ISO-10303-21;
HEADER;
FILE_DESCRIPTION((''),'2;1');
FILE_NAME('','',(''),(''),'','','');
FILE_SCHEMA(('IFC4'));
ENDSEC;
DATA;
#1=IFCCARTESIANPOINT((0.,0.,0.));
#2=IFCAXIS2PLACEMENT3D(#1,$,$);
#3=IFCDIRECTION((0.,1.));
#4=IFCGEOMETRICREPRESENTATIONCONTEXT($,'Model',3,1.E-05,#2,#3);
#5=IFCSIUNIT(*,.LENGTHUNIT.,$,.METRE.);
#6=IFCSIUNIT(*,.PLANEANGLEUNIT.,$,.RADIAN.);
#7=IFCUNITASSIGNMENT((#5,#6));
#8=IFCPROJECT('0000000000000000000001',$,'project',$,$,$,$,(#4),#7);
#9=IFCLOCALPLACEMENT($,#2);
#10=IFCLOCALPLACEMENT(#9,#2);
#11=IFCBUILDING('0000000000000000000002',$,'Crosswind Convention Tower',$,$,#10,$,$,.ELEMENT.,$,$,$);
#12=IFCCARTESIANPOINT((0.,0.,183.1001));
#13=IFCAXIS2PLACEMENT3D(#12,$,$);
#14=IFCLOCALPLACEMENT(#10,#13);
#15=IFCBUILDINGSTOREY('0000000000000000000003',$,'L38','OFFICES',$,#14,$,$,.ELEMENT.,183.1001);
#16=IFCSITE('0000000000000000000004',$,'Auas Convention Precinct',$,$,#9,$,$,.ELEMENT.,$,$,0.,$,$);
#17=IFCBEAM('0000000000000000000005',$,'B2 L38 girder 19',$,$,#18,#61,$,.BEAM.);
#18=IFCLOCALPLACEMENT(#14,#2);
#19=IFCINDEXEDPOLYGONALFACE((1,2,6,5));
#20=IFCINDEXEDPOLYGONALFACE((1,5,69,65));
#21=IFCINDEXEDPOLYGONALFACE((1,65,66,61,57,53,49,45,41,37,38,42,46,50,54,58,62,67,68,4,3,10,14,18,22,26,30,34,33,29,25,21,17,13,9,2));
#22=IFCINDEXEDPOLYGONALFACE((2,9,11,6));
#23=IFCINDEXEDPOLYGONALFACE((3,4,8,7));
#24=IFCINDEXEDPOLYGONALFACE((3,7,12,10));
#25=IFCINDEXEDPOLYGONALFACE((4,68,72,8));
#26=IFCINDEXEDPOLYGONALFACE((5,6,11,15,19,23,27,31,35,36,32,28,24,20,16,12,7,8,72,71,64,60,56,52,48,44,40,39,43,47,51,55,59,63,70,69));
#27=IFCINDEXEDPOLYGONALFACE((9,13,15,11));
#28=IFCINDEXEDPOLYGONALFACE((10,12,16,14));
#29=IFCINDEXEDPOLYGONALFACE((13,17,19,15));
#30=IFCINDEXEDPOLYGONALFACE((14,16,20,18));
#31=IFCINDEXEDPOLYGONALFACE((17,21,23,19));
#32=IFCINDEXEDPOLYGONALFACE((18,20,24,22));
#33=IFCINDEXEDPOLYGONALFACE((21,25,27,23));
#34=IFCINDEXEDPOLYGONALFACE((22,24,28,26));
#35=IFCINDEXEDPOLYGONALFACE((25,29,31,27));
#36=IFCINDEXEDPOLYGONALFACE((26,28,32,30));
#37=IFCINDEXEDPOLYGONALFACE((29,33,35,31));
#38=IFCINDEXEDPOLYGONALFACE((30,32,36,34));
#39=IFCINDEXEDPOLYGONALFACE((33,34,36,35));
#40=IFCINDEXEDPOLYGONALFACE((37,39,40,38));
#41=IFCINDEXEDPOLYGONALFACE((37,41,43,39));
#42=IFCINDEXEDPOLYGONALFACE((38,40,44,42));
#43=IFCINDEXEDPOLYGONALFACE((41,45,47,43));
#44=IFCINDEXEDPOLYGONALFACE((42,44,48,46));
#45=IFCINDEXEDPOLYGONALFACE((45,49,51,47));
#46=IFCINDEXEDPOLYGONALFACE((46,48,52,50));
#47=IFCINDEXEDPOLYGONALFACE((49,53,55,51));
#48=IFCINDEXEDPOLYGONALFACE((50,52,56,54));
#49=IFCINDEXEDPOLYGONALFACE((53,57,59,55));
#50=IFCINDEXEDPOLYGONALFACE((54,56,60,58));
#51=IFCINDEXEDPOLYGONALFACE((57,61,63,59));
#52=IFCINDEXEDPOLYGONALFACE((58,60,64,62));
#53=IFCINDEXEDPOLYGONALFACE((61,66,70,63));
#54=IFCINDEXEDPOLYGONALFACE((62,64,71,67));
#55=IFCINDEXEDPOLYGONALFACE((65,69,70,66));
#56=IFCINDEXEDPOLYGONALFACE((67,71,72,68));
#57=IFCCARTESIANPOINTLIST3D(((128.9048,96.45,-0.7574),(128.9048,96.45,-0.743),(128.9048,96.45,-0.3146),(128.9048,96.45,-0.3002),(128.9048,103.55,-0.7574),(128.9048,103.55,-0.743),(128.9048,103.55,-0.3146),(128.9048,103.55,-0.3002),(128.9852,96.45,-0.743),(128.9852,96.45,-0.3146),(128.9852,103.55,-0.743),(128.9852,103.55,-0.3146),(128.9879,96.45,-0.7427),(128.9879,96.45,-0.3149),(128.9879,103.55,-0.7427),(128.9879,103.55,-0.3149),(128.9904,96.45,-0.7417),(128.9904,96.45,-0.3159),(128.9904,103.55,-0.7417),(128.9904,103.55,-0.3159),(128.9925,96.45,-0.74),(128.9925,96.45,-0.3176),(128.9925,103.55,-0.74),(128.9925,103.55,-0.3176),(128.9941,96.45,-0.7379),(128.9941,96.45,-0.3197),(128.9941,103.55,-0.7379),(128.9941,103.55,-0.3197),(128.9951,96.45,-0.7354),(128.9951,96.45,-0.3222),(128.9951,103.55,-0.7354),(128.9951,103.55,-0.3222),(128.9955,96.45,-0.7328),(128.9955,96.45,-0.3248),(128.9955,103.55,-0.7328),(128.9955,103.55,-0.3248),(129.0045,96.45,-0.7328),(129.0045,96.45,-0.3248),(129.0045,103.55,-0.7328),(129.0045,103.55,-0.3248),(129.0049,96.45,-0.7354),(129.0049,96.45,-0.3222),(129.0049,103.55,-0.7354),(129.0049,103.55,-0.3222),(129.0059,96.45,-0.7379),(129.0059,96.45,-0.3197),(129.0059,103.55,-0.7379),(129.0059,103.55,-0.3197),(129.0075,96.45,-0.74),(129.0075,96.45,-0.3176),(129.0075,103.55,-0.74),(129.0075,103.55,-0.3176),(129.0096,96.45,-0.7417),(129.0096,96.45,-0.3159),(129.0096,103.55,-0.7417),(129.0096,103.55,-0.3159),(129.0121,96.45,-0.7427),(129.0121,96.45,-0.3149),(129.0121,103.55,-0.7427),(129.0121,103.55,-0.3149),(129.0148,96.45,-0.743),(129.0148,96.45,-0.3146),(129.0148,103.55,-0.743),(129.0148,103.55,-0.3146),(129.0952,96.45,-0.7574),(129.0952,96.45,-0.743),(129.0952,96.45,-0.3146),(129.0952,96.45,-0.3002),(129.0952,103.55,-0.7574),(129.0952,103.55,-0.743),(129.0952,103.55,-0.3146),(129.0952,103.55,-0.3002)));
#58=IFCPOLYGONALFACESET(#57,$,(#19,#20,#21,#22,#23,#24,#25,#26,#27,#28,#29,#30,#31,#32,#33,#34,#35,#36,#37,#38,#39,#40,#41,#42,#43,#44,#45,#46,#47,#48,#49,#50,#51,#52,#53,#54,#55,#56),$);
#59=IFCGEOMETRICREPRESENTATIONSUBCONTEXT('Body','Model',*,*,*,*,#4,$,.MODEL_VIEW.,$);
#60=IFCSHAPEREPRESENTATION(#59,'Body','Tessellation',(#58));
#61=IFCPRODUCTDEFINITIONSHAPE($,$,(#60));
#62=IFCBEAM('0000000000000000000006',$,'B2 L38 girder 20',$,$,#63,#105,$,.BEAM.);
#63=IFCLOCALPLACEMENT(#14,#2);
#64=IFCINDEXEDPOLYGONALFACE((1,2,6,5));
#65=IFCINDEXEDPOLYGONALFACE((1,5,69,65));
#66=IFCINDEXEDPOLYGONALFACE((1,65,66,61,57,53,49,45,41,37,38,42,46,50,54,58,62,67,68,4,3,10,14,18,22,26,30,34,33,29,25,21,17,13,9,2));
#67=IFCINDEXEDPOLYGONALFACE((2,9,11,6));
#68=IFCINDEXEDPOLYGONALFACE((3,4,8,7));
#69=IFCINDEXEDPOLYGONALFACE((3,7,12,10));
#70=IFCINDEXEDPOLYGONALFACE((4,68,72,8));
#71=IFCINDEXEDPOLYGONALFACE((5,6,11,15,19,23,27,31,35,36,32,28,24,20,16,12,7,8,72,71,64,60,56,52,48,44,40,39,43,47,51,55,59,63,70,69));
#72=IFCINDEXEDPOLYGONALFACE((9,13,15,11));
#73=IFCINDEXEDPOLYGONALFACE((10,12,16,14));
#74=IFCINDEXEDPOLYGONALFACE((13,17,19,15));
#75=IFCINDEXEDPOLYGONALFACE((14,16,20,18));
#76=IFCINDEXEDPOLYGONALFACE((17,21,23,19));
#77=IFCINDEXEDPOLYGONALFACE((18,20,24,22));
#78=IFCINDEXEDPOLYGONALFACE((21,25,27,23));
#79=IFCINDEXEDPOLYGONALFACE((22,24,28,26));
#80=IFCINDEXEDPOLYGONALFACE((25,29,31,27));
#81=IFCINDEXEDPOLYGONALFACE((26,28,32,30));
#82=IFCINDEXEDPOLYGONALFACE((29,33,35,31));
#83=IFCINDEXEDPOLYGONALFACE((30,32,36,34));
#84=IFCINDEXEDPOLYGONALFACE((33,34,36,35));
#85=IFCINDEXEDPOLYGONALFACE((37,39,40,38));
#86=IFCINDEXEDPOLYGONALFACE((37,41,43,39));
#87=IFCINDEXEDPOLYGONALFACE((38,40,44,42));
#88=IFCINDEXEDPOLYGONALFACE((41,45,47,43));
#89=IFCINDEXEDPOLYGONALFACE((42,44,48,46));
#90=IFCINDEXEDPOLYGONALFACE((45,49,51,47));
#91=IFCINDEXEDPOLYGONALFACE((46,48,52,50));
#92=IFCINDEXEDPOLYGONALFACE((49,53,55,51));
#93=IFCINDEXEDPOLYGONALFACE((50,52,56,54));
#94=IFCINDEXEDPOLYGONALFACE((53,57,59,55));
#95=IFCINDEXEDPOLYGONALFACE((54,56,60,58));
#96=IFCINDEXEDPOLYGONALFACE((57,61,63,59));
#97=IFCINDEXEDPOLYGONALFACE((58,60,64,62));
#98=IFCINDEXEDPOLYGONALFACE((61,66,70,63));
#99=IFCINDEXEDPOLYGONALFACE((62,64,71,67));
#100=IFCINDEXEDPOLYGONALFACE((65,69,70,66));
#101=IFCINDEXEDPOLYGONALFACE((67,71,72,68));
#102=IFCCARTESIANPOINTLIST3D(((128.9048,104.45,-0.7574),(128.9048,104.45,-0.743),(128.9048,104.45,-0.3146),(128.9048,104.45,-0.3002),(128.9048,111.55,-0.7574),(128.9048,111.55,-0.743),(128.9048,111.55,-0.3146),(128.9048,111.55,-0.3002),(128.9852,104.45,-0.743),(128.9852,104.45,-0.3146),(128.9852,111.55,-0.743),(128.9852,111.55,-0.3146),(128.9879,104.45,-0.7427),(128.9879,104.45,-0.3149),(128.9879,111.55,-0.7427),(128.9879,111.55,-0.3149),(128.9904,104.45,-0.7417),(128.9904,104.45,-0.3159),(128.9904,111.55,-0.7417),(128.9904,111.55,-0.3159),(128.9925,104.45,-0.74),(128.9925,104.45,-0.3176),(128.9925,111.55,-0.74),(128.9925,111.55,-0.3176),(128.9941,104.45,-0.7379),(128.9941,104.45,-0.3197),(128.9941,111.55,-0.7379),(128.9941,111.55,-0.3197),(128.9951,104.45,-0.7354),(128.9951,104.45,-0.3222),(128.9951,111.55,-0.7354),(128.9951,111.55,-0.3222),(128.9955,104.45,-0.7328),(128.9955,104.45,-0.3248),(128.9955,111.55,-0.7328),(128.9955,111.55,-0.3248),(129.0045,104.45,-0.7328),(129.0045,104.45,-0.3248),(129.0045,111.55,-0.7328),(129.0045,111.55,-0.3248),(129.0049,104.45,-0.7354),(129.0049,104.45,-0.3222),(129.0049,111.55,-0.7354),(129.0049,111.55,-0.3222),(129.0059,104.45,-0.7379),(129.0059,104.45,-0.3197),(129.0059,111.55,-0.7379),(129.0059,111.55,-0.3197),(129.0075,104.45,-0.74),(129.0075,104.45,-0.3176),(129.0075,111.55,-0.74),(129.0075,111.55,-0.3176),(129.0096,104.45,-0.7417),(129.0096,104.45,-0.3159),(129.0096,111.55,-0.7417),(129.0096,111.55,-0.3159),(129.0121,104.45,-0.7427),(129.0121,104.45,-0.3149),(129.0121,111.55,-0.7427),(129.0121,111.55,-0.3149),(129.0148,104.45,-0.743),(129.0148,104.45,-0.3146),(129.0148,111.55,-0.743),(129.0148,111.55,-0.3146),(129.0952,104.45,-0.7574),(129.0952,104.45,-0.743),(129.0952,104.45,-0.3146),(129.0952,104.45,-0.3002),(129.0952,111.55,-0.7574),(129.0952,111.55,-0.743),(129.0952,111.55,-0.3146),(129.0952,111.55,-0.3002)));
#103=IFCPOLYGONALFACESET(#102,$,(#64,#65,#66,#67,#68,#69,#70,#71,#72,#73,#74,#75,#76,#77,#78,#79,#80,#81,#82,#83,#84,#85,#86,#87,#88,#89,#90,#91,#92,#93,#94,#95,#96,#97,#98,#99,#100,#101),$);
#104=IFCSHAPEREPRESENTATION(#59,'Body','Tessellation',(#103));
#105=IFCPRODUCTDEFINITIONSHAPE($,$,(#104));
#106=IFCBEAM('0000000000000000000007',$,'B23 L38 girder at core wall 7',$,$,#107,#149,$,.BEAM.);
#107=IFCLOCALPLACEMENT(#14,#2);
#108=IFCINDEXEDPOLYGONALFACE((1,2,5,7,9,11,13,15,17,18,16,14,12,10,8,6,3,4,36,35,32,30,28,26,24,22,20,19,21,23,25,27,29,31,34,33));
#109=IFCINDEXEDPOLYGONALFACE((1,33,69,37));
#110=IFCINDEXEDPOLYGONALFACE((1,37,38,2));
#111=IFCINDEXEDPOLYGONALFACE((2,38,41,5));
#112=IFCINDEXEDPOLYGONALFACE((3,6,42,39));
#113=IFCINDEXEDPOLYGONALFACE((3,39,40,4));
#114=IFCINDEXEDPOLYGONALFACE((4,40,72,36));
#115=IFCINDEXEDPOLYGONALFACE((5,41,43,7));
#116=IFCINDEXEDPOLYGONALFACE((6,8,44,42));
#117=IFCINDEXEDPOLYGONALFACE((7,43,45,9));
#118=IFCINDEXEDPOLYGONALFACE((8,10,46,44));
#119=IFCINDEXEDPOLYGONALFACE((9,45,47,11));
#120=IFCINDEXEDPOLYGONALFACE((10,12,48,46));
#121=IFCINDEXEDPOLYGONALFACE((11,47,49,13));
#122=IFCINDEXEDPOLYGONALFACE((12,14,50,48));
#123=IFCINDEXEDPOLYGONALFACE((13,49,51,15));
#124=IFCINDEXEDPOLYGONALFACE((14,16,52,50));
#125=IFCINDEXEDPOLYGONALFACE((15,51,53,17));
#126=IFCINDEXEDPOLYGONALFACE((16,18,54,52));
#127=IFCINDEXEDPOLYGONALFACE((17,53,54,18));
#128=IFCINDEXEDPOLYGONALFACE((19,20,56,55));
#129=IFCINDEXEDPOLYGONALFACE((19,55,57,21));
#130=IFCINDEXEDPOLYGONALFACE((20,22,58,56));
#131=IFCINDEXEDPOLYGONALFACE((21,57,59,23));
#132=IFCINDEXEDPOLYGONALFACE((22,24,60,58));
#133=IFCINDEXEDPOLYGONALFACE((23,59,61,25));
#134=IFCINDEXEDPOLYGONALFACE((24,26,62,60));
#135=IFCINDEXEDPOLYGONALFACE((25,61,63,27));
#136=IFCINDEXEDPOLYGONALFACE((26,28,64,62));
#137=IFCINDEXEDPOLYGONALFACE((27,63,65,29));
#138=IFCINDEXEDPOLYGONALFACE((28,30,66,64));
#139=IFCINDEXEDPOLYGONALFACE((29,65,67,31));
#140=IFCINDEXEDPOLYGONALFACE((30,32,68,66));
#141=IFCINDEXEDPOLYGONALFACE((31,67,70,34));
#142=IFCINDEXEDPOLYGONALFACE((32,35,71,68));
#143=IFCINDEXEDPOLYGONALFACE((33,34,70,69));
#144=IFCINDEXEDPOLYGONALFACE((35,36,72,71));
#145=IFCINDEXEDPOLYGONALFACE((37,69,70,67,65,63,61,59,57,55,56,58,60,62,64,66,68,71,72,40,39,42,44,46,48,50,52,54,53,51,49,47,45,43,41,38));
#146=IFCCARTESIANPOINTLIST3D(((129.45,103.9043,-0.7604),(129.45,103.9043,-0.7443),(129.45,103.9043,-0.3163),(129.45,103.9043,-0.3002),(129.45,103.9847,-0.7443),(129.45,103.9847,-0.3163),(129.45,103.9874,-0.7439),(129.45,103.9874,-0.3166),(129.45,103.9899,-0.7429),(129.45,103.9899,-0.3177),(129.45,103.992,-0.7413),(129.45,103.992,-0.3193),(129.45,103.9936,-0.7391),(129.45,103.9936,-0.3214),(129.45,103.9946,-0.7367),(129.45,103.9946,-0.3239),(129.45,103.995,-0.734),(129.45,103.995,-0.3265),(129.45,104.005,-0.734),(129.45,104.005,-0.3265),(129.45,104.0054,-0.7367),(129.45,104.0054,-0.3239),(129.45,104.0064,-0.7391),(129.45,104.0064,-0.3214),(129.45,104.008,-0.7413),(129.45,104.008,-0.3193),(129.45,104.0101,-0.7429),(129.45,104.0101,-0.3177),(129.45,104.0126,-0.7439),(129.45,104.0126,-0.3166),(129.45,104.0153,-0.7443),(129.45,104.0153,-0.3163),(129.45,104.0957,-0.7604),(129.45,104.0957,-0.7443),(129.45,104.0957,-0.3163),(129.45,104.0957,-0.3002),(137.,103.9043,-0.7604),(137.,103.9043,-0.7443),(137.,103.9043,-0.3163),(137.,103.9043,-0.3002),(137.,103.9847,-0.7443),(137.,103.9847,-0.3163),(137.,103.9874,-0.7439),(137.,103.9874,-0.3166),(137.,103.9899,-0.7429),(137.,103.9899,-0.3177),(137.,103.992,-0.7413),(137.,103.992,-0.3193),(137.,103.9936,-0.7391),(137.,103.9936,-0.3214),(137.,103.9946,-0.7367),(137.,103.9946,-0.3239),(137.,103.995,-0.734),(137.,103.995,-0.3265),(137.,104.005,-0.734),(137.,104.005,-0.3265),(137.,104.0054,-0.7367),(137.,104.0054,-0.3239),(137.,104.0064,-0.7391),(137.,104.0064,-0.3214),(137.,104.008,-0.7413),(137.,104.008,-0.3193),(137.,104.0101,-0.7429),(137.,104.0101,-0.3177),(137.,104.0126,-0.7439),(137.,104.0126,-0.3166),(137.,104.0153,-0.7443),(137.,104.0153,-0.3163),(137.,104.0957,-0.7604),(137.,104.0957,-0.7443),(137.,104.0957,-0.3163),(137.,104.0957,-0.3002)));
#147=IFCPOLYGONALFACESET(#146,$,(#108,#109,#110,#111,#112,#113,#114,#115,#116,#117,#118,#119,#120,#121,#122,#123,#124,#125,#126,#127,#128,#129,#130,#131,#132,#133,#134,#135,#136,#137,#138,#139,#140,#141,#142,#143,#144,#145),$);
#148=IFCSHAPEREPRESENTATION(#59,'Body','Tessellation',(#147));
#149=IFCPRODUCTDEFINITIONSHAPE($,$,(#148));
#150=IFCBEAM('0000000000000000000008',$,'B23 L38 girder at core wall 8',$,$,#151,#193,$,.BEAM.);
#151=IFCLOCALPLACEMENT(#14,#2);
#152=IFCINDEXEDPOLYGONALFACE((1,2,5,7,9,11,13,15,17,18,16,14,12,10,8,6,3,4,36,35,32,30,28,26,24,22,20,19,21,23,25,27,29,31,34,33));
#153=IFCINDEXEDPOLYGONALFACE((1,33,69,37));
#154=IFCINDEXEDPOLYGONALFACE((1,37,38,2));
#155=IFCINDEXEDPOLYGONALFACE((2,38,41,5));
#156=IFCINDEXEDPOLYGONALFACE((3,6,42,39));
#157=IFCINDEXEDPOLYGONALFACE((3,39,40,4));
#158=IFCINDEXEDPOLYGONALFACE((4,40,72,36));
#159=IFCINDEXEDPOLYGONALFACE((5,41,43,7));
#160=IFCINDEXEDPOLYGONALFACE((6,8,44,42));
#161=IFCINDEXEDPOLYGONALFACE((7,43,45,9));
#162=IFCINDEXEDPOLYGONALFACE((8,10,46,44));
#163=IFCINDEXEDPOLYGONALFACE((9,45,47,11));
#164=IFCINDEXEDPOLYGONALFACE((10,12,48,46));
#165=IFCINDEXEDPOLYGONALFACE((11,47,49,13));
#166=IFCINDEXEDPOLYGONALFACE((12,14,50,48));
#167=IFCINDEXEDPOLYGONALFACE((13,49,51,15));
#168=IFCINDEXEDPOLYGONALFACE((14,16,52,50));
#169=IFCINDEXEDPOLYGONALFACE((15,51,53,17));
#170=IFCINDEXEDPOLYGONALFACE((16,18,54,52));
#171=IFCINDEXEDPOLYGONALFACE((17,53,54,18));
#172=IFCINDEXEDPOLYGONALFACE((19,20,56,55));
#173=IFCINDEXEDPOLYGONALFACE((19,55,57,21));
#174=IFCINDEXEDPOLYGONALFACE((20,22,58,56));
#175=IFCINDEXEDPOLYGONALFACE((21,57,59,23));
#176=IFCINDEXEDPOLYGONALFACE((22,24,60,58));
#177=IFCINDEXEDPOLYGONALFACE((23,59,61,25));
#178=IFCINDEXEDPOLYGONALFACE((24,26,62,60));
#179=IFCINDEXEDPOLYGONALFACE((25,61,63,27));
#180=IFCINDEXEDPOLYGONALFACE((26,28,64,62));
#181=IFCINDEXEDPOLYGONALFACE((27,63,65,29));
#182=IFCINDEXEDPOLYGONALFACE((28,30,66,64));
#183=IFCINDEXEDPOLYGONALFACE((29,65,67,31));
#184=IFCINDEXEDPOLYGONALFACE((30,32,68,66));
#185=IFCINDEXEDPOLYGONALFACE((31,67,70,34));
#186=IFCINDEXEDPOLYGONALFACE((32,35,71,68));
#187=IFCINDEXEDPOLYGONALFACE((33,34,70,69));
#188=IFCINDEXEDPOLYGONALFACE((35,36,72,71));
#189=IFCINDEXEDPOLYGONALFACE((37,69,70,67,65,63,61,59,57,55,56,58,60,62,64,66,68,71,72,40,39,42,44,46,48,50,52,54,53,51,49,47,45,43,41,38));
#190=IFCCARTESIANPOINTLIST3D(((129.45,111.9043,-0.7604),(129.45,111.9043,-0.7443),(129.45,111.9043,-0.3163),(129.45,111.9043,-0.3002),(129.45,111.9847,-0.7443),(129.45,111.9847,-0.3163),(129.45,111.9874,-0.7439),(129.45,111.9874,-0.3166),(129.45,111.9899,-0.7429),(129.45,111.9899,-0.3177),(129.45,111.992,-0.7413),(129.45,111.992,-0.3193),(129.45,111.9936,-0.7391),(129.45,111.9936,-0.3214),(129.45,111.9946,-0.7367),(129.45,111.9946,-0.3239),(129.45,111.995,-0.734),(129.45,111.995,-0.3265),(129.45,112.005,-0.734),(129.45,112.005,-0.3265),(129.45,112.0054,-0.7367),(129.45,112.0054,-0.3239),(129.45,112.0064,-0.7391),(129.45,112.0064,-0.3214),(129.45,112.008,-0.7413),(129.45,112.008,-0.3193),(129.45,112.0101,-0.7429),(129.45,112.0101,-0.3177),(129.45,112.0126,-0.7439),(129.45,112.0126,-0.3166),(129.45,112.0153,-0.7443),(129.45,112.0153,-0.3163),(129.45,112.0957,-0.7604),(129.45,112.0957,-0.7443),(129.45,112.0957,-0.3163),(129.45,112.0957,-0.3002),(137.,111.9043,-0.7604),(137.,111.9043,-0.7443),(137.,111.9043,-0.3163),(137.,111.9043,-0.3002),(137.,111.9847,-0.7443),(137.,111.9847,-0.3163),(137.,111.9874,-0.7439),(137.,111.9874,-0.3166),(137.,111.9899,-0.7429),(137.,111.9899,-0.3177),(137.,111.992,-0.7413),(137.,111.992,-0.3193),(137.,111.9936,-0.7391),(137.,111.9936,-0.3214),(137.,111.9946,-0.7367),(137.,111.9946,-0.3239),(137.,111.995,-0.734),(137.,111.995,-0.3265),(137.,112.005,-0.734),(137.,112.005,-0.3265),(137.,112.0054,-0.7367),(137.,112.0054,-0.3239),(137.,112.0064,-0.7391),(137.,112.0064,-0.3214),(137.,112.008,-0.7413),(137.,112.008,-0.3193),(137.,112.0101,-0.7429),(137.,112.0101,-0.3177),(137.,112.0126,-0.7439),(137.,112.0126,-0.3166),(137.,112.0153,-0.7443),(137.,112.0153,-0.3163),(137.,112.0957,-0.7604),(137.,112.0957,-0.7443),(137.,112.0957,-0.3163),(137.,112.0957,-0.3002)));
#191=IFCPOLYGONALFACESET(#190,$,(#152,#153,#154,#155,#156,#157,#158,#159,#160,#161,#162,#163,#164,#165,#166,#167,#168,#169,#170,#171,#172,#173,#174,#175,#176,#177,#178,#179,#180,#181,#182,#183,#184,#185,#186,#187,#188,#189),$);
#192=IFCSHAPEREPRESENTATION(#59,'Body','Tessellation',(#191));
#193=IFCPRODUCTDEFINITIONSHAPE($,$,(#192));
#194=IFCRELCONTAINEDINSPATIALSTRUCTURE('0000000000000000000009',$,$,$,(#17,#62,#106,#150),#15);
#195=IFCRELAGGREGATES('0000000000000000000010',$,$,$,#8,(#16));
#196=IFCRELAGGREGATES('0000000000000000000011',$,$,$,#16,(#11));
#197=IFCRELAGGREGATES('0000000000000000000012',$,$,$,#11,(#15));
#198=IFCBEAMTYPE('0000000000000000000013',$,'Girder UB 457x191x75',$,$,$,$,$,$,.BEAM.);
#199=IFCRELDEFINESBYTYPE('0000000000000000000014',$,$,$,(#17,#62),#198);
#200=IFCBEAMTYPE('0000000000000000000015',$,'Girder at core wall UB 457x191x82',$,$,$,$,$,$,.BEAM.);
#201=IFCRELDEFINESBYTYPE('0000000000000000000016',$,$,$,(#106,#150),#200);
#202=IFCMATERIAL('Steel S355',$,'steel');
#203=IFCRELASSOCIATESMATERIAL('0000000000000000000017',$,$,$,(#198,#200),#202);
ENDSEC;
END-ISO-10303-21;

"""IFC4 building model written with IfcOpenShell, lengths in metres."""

from ifc_helpers import new_model, si_unit, direction, frame, origin, origin_2d, place, context, subcontext, project, spatial, i_section, extrude, material, material_profile, profile_set, type_object, element, save


model = new_model("IFC4")

# Units and contexts
model_context = context("Model", 3, precision=1e-05, world=origin(), true_north=direction((0.0, 1.0)))
body_context = subcontext(model_context, "Body", "Model", "MODEL_VIEW")
ifc_project = project(units=[si_unit("LENGTHUNIT", "METRE"), si_unit("PLANEANGLEUNIT", "RADIAN")], contexts=[model_context])

# Site, building, storey
site_placement = place(None, origin())
site = spatial("IfcSite", under=ifc_project, at=site_placement, Name="Auas Convention Precinct", CompositionType="ELEMENT", RefElevation=0.0)
building_placement = place(site_placement, origin())
building = spatial("IfcBuilding", under=site, at=building_placement, Name="Crosswind Convention Tower", CompositionType="ELEMENT")
storey_placement = place(building_placement, frame((0.0, 0.0, 183.1001)))
storey = spatial("IfcBuildingStorey", under=building, at=storey_placement, Name="L38", Description="OFFICES", CompositionType="ELEMENT", Elevation=183.1001)

# Beams
ifc_material_1 = material(Name="Steel S355", Category="steel")
ifc_material_profile_1 = material_profile(ifc_material_1, i_section(OverallWidth=0.1904, OverallDepth=0.4573, WebThickness=0.009, FlangeThickness=0.0144, FilletRadius=0.0103, at=origin_2d()), Name="UB 457x191x75")
ifc_profile_set_1 = profile_set([ifc_material_profile_1], Name="Steel S355")
beam_type_1 = type_object("IfcBeamType", Name="Girder UB 457x191x75", PredefinedType="BEAM", material=ifc_profile_set_1)
for number, where, z_axis, x_axis, name in (
    (1, (129.0, 96.45, -0.5288), (0.0, 1.0, 0.0), (-1.0, 0.0, 0.0), "B2 L38 girder 19"),
    (2, (129.0, 104.45, -0.5288), (0.0, 1.0, 0.0), (-1.0, 0.0, 0.0), "B2 L38 girder 20"),
):
    element("IfcBeam", number, at=place(storey_placement, frame(where, z_axis=z_axis, x_axis=x_axis)), inside=storey, type_object=beam_type_1, Name=name, PredefinedType="BEAM", context=body_context, shape_type="SweptSolid", body=[
        extrude(i_section(OverallWidth=0.1904, OverallDepth=0.4573, WebThickness=0.009, FlangeThickness=0.0144, FilletRadius=0.0103, at=origin_2d()), origin(), (0.0, 0.0, 1.0), 7.1001),
    ])
ifc_material_profile_2 = material_profile(ifc_material_1, i_section(OverallWidth=0.1914, OverallDepth=0.4602, WebThickness=0.01, FlangeThickness=0.0161, FilletRadius=0.0103, at=origin_2d()), Name="UB 457x191x82")
ifc_profile_set_2 = profile_set([ifc_material_profile_2], Name="Steel S355")
beam_type_2 = type_object("IfcBeamType", Name="Girder at core wall UB 457x191x82", PredefinedType="BEAM", material=ifc_profile_set_2)
for number, where, z_axis, x_axis, name in (
    (3, (129.45, 104.0, -0.5303), (1.0, 0.0, 0.0), (0.0, 1.0, 0.0), "B23 L38 girder at core wall 7"),
    (4, (129.45, 112.0, -0.5303), (1.0, 0.0, 0.0), (0.0, 1.0, 0.0), "B23 L38 girder at core wall 8"),
):
    element("IfcBeam", number, at=place(storey_placement, frame(where, z_axis=z_axis, x_axis=x_axis)), inside=storey, type_object=beam_type_2, Name=name, PredefinedType="BEAM", context=body_context, shape_type="SweptSolid", body=[
        extrude(i_section(OverallWidth=0.1914, OverallDepth=0.4602, WebThickness=0.01, FlangeThickness=0.0161, FilletRadius=0.0103, at=origin_2d()), origin(), (0.0, 0.0, 1.0), 7.55),
    ])

save(model, "model.ifc")
